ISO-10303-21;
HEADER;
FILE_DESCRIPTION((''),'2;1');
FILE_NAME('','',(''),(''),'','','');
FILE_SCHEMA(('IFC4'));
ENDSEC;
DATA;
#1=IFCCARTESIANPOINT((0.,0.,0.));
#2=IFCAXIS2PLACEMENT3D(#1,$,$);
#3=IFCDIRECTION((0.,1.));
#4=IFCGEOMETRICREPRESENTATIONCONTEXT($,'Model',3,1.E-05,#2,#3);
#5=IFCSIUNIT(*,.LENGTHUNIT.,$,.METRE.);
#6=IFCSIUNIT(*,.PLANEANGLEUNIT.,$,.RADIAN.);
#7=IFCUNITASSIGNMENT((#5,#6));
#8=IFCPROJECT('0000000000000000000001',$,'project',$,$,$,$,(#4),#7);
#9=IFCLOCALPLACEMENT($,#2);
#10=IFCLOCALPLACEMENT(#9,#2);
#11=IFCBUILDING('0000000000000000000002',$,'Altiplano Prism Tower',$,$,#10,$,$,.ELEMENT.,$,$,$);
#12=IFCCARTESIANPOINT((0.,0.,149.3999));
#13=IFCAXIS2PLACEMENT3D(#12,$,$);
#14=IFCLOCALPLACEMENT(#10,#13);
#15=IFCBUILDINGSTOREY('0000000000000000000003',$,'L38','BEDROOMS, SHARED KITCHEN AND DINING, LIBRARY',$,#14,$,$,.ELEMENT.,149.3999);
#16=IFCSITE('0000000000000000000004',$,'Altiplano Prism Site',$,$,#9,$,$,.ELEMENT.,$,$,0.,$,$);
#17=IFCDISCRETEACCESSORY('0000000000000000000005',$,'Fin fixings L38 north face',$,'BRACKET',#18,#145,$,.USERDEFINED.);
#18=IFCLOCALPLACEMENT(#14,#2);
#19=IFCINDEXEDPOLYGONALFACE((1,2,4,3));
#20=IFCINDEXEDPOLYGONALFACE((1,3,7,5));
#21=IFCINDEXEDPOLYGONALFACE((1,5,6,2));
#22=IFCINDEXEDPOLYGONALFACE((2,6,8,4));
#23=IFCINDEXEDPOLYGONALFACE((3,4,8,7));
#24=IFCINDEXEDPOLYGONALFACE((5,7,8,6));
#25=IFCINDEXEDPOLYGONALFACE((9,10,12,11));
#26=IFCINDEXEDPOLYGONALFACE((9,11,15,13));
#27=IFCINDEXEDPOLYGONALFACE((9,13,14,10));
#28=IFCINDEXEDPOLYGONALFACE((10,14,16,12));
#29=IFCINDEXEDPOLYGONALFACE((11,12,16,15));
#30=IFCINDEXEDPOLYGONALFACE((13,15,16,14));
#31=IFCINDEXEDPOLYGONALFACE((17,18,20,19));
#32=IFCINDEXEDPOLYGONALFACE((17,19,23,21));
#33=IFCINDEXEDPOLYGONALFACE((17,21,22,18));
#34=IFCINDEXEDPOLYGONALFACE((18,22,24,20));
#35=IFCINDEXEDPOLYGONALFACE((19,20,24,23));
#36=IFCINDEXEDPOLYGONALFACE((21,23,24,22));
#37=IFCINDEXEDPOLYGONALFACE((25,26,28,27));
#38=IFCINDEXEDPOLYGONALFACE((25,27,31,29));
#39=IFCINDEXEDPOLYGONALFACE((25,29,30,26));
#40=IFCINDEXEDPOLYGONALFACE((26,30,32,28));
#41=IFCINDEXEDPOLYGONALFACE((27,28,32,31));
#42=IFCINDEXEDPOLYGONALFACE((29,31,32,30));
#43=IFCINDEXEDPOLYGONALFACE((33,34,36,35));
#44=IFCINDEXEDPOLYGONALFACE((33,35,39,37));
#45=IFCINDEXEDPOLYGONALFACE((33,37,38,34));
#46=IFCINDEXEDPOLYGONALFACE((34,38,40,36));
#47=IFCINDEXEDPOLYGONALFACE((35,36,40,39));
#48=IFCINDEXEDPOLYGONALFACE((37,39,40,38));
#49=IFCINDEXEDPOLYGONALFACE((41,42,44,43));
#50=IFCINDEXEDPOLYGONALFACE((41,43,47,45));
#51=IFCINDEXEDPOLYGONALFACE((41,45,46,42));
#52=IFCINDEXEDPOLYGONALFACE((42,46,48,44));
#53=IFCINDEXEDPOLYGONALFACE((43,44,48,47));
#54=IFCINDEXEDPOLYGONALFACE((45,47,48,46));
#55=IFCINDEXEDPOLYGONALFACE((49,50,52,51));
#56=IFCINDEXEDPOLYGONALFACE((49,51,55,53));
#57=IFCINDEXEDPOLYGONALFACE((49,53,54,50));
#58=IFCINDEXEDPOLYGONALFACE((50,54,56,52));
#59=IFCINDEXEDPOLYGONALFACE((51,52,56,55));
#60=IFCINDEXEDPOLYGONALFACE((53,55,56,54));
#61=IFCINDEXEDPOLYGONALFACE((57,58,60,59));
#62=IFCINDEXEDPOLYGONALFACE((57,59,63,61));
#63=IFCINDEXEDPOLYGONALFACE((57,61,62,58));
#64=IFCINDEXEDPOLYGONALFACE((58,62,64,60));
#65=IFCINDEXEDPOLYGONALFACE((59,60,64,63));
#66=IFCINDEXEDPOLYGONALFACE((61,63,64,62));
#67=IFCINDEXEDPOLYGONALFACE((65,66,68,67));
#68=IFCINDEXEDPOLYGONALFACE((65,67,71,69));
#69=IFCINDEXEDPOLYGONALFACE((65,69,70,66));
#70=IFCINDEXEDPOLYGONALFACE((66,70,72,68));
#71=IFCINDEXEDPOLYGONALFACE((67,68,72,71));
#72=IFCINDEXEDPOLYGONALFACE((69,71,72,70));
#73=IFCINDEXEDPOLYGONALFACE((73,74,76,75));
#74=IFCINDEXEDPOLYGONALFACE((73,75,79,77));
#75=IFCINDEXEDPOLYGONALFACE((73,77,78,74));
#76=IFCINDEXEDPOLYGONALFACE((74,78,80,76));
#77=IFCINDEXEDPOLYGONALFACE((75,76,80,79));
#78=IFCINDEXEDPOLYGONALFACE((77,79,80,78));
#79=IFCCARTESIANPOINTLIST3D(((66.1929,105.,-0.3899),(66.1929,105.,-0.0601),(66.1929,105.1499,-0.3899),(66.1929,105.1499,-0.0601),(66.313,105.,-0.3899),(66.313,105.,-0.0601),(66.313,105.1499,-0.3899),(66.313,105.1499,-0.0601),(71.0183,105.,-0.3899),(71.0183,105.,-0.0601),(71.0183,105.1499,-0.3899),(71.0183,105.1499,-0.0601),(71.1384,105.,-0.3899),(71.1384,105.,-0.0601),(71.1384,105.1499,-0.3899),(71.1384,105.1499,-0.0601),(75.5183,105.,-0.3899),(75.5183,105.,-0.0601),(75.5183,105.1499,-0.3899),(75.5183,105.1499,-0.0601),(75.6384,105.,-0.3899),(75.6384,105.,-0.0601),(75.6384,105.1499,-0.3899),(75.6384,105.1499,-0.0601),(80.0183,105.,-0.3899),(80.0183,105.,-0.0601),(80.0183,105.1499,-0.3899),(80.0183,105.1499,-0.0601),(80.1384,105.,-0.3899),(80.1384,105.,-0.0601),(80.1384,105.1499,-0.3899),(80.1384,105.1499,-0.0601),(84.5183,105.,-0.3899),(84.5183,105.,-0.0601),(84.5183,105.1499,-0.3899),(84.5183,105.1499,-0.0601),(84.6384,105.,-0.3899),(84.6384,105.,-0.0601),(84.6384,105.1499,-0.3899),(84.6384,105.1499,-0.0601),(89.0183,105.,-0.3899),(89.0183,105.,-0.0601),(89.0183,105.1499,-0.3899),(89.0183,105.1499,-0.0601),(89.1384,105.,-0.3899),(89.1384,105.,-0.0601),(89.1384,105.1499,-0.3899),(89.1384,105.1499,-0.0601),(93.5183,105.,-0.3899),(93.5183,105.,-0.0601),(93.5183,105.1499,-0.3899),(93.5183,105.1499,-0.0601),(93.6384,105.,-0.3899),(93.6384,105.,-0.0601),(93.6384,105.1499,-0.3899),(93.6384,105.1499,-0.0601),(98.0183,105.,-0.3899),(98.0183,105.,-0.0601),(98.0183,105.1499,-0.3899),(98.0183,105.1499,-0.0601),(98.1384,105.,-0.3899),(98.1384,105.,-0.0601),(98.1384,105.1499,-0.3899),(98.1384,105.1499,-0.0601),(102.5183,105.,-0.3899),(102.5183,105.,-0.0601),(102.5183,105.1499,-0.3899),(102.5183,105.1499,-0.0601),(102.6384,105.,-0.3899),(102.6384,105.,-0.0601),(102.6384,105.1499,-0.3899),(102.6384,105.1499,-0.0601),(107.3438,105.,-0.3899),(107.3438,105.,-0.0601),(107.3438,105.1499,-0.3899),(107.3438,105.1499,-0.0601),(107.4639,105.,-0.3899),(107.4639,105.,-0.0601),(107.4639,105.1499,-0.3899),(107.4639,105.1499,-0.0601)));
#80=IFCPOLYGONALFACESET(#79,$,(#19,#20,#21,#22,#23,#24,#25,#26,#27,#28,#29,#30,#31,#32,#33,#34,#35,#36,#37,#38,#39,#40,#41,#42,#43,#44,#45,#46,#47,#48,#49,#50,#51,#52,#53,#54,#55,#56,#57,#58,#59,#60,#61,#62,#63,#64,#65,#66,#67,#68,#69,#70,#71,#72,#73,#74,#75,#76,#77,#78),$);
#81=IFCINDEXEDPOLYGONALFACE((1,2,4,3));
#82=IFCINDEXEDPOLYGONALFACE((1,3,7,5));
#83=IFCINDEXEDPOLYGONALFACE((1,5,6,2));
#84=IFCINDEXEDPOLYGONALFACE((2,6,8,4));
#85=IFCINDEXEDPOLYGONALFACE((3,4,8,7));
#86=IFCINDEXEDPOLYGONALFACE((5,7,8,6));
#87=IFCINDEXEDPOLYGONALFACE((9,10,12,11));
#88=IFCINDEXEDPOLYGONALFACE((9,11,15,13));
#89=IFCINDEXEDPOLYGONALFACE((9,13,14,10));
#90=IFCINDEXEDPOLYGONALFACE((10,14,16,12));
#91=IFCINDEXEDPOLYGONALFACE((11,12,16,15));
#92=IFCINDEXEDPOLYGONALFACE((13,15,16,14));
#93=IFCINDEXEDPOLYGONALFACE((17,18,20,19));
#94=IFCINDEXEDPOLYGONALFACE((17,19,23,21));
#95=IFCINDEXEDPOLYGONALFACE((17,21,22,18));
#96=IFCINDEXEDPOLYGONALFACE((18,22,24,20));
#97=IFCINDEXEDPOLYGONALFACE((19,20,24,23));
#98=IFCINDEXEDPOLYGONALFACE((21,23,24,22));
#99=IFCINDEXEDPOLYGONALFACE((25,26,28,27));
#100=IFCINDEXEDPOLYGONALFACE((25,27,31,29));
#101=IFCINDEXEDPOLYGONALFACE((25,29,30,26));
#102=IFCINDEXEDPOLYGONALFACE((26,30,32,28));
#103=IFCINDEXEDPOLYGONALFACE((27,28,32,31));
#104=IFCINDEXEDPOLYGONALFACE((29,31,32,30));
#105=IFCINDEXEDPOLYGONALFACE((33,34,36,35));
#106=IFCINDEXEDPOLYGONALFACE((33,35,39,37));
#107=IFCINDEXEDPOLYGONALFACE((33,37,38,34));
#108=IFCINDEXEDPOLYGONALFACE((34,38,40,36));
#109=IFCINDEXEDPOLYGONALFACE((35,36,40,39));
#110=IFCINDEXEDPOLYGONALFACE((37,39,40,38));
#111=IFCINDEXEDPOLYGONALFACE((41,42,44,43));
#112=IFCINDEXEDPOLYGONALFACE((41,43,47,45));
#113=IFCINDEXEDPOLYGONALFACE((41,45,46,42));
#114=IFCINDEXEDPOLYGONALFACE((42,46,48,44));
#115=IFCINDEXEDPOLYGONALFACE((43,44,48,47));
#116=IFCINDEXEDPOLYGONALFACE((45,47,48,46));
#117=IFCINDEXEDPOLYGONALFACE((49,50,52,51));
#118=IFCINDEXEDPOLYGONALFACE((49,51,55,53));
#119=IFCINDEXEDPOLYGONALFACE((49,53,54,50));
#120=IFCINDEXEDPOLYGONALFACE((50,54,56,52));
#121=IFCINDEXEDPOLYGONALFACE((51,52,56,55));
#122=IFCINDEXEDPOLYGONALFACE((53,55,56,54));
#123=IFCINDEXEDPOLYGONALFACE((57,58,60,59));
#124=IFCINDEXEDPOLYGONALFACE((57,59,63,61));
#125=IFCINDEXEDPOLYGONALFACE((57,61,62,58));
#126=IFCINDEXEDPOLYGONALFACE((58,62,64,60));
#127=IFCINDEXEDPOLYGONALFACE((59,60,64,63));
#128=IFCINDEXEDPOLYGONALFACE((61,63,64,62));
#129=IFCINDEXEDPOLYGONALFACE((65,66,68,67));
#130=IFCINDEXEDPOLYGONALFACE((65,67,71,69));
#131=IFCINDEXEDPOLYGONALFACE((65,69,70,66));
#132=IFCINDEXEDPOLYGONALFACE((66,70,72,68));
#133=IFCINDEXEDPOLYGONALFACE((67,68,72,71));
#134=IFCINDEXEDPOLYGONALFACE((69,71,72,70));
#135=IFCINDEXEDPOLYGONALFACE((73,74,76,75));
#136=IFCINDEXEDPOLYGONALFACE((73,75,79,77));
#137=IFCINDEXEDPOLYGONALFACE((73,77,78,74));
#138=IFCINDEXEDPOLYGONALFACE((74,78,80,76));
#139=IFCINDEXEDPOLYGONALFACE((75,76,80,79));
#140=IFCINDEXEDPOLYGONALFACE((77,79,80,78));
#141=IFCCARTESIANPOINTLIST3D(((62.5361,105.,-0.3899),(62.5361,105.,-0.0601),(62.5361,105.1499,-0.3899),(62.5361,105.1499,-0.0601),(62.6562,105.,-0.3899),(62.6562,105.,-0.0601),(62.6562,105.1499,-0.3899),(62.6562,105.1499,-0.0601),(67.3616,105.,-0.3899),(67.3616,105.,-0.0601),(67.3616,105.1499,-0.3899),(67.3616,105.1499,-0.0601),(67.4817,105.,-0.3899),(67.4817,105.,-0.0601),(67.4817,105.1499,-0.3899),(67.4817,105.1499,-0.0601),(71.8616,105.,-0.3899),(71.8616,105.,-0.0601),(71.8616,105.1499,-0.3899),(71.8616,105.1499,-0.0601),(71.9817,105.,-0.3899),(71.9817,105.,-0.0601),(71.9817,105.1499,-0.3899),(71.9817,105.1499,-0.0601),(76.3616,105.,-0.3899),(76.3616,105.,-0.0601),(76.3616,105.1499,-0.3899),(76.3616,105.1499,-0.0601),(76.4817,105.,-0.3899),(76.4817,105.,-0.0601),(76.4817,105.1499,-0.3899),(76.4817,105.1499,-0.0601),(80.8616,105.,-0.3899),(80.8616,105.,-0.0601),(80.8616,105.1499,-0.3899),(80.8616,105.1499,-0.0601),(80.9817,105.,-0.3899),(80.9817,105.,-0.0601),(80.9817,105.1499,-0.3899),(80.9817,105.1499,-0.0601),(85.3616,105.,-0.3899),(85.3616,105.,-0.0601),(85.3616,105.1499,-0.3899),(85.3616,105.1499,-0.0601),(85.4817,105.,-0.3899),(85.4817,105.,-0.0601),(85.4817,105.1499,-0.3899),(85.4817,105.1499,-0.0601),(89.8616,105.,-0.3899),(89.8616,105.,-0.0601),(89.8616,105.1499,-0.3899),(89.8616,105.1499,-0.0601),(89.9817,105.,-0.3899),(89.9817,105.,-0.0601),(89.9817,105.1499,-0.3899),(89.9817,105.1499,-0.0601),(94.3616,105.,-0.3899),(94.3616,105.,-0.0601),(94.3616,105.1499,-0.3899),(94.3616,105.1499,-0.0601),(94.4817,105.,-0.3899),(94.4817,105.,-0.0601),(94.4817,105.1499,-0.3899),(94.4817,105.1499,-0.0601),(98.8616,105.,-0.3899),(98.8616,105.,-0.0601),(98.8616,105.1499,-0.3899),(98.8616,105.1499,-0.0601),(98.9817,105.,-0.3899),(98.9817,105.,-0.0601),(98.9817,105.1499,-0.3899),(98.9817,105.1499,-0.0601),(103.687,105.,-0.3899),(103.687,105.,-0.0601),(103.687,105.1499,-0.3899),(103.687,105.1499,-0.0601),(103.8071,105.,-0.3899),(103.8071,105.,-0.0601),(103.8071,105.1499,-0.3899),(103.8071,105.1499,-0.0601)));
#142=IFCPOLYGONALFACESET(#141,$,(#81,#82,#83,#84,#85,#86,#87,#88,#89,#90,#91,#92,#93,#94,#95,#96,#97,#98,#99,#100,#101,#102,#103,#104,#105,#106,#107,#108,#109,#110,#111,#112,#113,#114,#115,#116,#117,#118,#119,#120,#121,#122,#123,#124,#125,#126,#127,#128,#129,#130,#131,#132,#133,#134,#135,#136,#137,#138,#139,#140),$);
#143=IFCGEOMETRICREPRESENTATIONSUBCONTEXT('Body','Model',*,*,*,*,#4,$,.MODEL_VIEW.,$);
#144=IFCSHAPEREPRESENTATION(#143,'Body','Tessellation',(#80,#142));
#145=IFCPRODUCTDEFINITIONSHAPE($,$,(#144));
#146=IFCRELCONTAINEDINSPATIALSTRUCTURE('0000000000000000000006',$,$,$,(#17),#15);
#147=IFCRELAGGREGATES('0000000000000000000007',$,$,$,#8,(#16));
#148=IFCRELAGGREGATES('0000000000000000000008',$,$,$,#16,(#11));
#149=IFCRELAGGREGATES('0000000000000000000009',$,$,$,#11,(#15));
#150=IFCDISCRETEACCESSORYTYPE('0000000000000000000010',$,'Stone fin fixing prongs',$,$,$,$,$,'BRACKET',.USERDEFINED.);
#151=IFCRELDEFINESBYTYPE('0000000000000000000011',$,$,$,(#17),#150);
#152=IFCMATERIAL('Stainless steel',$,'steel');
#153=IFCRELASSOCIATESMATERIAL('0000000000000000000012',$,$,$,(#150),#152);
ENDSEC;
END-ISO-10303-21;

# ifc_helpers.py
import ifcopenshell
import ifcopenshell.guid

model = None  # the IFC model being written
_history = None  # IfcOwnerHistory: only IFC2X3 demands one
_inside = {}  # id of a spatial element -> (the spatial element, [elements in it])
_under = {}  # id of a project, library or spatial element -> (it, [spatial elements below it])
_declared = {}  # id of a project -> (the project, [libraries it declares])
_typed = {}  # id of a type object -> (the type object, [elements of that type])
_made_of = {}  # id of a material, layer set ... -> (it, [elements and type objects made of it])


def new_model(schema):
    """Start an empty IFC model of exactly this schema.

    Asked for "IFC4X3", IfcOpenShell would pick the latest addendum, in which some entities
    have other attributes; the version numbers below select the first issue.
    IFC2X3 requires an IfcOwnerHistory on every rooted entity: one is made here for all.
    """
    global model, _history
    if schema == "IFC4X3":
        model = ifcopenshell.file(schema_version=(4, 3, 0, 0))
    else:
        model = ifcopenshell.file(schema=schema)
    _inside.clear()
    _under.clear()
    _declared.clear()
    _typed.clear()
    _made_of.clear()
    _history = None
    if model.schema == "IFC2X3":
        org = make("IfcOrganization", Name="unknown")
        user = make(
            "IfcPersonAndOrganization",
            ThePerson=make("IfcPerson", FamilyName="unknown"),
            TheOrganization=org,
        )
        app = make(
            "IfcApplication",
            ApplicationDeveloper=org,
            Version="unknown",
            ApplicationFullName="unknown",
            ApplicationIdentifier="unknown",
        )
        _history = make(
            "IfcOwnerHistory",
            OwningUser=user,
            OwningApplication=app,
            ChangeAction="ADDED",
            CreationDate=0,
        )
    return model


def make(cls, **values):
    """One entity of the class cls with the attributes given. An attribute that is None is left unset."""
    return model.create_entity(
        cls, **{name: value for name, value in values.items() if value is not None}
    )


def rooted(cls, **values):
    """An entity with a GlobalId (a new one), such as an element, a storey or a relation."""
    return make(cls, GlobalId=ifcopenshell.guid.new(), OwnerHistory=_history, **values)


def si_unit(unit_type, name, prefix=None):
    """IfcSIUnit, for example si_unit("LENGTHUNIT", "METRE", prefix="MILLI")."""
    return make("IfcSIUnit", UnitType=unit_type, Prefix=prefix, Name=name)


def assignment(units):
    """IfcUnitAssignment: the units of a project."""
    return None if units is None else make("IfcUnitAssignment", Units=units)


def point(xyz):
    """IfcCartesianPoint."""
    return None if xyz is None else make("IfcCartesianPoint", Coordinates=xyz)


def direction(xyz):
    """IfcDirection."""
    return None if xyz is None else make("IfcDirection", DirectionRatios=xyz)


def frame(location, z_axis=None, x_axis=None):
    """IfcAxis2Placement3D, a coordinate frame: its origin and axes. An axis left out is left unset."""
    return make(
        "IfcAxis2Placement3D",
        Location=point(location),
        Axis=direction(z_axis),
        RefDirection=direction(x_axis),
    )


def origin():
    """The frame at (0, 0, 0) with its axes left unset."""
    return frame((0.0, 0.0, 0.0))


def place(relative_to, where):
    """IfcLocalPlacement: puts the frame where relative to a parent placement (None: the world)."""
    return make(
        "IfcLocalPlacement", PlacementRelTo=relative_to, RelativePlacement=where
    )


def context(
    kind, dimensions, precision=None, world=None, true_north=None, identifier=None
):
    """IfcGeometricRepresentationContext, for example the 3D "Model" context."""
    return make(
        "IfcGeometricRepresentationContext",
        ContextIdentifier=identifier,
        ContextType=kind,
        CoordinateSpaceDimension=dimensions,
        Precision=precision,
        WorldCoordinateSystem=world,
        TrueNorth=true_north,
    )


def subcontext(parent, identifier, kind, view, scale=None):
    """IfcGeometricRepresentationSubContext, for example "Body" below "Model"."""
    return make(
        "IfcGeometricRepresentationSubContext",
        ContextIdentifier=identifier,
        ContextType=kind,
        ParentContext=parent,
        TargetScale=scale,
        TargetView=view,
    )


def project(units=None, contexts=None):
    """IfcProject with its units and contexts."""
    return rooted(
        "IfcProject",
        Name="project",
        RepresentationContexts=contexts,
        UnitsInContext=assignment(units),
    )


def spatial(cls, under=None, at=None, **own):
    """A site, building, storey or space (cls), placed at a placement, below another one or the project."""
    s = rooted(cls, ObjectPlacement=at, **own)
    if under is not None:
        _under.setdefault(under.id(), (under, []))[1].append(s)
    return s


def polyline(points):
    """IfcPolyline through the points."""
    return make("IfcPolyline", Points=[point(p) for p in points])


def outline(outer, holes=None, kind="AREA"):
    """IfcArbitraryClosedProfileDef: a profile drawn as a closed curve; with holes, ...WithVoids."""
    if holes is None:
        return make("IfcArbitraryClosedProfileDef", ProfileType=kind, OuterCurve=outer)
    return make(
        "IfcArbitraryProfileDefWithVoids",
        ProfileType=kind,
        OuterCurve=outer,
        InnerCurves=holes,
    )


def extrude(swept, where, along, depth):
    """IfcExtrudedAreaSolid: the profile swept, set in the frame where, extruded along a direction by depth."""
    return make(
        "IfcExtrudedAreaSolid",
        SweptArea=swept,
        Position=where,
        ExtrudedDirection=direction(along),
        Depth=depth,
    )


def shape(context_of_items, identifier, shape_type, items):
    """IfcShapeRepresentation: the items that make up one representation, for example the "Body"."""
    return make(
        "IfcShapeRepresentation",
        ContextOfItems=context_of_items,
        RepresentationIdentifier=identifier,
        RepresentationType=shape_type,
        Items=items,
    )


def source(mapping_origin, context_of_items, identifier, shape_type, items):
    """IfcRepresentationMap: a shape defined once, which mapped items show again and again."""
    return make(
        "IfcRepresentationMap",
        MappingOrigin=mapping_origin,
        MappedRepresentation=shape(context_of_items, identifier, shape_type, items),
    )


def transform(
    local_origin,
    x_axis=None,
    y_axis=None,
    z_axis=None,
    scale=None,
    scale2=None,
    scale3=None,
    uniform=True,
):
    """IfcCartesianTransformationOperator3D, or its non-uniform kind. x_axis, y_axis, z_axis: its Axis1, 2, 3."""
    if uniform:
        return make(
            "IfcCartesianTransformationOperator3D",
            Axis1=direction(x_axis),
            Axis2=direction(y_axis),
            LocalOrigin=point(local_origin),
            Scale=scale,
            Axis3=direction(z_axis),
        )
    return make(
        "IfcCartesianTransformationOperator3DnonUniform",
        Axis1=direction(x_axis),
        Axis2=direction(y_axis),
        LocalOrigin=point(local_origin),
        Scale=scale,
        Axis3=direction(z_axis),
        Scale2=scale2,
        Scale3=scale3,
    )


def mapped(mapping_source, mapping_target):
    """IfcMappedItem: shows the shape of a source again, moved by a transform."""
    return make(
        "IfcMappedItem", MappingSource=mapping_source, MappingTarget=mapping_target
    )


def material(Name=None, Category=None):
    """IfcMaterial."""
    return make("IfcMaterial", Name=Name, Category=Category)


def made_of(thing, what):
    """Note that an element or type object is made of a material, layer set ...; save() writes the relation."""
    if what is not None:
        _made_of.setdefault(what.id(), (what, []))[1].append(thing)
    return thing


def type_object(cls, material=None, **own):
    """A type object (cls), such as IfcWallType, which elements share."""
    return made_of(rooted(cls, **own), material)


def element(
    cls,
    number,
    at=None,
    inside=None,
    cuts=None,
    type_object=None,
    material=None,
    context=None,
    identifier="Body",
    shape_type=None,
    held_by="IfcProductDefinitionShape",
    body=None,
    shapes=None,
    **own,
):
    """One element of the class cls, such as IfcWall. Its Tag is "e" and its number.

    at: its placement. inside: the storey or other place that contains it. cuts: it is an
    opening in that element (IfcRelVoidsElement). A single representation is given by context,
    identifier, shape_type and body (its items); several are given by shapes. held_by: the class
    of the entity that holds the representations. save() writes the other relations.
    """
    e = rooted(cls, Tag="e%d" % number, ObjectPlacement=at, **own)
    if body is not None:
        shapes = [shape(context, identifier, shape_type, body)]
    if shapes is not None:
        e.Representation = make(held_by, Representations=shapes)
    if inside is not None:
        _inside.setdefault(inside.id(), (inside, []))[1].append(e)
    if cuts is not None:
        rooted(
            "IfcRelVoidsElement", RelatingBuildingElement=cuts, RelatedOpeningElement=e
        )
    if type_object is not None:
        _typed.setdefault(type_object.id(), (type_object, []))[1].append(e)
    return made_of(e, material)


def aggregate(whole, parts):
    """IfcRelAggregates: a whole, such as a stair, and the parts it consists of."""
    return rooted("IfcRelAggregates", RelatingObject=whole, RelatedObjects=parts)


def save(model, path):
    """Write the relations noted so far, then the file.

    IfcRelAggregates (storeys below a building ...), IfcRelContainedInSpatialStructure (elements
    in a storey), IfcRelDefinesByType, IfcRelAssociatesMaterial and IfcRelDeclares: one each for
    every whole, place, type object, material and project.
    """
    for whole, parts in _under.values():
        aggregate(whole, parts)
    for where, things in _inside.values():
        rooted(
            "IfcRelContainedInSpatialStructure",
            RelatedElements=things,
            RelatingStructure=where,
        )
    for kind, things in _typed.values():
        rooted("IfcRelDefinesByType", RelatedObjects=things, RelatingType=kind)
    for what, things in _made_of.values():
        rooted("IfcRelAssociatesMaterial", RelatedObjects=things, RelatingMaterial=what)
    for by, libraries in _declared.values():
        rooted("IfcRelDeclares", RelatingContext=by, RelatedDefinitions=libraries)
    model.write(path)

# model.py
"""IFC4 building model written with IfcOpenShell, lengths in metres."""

from ifc_helpers import new_model, si_unit, direction, frame, origin, place, context, subcontext, project, spatial, polyline, outline, extrude, source, transform, mapped, material, type_object, element, save


model = new_model("IFC4")

# Units and contexts
model_context = context("Model", 3, precision=1e-05, world=origin(), true_north=direction((0.0, 1.0)))
body_context = subcontext(model_context, "Body", "Model", "MODEL_VIEW")
ifc_project = project(units=[si_unit("LENGTHUNIT", "METRE"), si_unit("PLANEANGLEUNIT", "RADIAN")], contexts=[model_context])

# Site, building, storey
site_placement = place(None, origin())
site = spatial("IfcSite", under=ifc_project, at=site_placement, Name="Altiplano Prism Site", CompositionType="ELEMENT", RefElevation=0.0)
building_placement = place(site_placement, origin())
building = spatial("IfcBuilding", under=site, at=building_placement, Name="Altiplano Prism Tower", CompositionType="ELEMENT")
storey_placement = place(building_placement, frame((0.0, 0.0, 149.3999)))
storey = spatial("IfcBuildingStorey", under=building, at=storey_placement, Name="L38", Description="BEDROOMS, SHARED KITCHEN AND DINING, LIBRARY", CompositionType="ELEMENT", Elevation=149.3999)

# Discrete accessory
ifc_material_1 = material(Name="Stainless steel", Category="steel")
discrete_accessory_type = type_object("IfcDiscreteAccessoryType", Name="Stone fin fixing prongs", ElementType="BRACKET", PredefinedType="USERDEFINED", material=ifc_material_1)
shared_shape_1 = source(origin(), body_context, "Body", "SweptSolid", [
    extrude(outline(polyline([(-1.8884, 0.0601), (-1.7683, 0.0601), (-1.7683, 0.3899), (-1.8884, 0.3899), (-1.8884, 0.0601)])), frame((0.0, 0.0, 0.0), z_axis=(0.0, -1.0, 0.0), x_axis=(1.0, 0.0, 0.0)), (0.0, 0.0, 1.0), 0.1499),
    extrude(outline(polyline([(1.7683, 0.0601), (1.8884, 0.0601), (1.8884, 0.3899), (1.7683, 0.3899), (1.7683, 0.0601)])), frame((0.0, 0.0, 0.0), z_axis=(0.0, -1.0, 0.0), x_axis=(1.0, 0.0, 0.0)), (0.0, 0.0, 1.0), 0.1499),
])
shared_shape_2 = source(origin(), body_context, "Body", "SweptSolid", [
    extrude(outline(polyline([(-1.8884, 0.0601), (-1.7683, 0.0601), (-1.7683, 0.3899), (-1.8884, 0.3899), (-1.8884, 0.0601)])), frame((0.0, 0.0, 0.0), z_axis=(0.0, -1.0, 0.0), x_axis=(1.0, 0.0, 0.0)), (0.0, 0.0, 1.0), 0.1499),
    extrude(outline(polyline([(1.7683, 0.0601), (1.8884, 0.0601), (1.8884, 0.3899), (1.7683, 0.3899), (1.7683, 0.0601)])), frame((0.0, 0.0, 0.0), z_axis=(0.0, -1.0, 0.0), x_axis=(1.0, 0.0, 0.0)), (0.0, 0.0, 1.0), 0.1499),
])
discrete_accessory_1_placement = place(storey_placement, origin())
element("IfcDiscreteAccessory", 1, at=discrete_accessory_1_placement, inside=storey, type_object=discrete_accessory_type, Name="Fin fixings L38 north face", ObjectType="BRACKET", PredefinedType="USERDEFINED", context=body_context, shape_type="MappedRepresentation", body=[
    mapped(shared_shape_1, transform((105.5754, 105.0, -0.45), x_axis=(-1.0, 0.0, 0.0), y_axis=(0.0, -1.0, 0.0), z_axis=(0.0, 0.0, 1.0))),
    mapped(shared_shape_2, transform((100.75, 105.0, -0.45), x_axis=(-1.0, 0.0, 0.0), y_axis=(0.0, -1.0, 0.0), z_axis=(0.0, 0.0, 1.0))),
    mapped(shared_shape_2, transform((96.25, 105.0, -0.45), x_axis=(-1.0, 0.0, 0.0), y_axis=(0.0, -1.0, 0.0), z_axis=(0.0, 0.0, 1.0))),
    mapped(shared_shape_2, transform((91.75, 105.0, -0.45), x_axis=(-1.0, 0.0, 0.0), y_axis=(0.0, -1.0, 0.0), z_axis=(0.0, 0.0, 1.0))),
    mapped(shared_shape_2, transform((87.25, 105.0, -0.45), x_axis=(-1.0, 0.0, 0.0), y_axis=(0.0, -1.0, 0.0), z_axis=(0.0, 0.0, 1.0))),
    mapped(shared_shape_2, transform((82.75, 105.0, -0.45), x_axis=(-1.0, 0.0, 0.0), y_axis=(0.0, -1.0, 0.0), z_axis=(0.0, 0.0, 1.0))),
    mapped(shared_shape_2, transform((78.25, 105.0, -0.45), x_axis=(-1.0, 0.0, 0.0), y_axis=(0.0, -1.0, 0.0), z_axis=(0.0, 0.0, 1.0))),
    mapped(shared_shape_2, transform((73.75, 105.0, -0.45), x_axis=(-1.0, 0.0, 0.0), y_axis=(0.0, -1.0, 0.0), z_axis=(0.0, 0.0, 1.0))),
    mapped(shared_shape_2, transform((69.25, 105.0, -0.45), x_axis=(-1.0, 0.0, 0.0), y_axis=(0.0, -1.0, 0.0), z_axis=(0.0, 0.0, 1.0))),
    mapped(shared_shape_1, transform((64.4246, 105.0, -0.45), x_axis=(-1.0, 0.0, 0.0), y_axis=(0.0, -1.0, 0.0), z_axis=(0.0, 0.0, 1.0))),
])

save(model, "model.ifc")
